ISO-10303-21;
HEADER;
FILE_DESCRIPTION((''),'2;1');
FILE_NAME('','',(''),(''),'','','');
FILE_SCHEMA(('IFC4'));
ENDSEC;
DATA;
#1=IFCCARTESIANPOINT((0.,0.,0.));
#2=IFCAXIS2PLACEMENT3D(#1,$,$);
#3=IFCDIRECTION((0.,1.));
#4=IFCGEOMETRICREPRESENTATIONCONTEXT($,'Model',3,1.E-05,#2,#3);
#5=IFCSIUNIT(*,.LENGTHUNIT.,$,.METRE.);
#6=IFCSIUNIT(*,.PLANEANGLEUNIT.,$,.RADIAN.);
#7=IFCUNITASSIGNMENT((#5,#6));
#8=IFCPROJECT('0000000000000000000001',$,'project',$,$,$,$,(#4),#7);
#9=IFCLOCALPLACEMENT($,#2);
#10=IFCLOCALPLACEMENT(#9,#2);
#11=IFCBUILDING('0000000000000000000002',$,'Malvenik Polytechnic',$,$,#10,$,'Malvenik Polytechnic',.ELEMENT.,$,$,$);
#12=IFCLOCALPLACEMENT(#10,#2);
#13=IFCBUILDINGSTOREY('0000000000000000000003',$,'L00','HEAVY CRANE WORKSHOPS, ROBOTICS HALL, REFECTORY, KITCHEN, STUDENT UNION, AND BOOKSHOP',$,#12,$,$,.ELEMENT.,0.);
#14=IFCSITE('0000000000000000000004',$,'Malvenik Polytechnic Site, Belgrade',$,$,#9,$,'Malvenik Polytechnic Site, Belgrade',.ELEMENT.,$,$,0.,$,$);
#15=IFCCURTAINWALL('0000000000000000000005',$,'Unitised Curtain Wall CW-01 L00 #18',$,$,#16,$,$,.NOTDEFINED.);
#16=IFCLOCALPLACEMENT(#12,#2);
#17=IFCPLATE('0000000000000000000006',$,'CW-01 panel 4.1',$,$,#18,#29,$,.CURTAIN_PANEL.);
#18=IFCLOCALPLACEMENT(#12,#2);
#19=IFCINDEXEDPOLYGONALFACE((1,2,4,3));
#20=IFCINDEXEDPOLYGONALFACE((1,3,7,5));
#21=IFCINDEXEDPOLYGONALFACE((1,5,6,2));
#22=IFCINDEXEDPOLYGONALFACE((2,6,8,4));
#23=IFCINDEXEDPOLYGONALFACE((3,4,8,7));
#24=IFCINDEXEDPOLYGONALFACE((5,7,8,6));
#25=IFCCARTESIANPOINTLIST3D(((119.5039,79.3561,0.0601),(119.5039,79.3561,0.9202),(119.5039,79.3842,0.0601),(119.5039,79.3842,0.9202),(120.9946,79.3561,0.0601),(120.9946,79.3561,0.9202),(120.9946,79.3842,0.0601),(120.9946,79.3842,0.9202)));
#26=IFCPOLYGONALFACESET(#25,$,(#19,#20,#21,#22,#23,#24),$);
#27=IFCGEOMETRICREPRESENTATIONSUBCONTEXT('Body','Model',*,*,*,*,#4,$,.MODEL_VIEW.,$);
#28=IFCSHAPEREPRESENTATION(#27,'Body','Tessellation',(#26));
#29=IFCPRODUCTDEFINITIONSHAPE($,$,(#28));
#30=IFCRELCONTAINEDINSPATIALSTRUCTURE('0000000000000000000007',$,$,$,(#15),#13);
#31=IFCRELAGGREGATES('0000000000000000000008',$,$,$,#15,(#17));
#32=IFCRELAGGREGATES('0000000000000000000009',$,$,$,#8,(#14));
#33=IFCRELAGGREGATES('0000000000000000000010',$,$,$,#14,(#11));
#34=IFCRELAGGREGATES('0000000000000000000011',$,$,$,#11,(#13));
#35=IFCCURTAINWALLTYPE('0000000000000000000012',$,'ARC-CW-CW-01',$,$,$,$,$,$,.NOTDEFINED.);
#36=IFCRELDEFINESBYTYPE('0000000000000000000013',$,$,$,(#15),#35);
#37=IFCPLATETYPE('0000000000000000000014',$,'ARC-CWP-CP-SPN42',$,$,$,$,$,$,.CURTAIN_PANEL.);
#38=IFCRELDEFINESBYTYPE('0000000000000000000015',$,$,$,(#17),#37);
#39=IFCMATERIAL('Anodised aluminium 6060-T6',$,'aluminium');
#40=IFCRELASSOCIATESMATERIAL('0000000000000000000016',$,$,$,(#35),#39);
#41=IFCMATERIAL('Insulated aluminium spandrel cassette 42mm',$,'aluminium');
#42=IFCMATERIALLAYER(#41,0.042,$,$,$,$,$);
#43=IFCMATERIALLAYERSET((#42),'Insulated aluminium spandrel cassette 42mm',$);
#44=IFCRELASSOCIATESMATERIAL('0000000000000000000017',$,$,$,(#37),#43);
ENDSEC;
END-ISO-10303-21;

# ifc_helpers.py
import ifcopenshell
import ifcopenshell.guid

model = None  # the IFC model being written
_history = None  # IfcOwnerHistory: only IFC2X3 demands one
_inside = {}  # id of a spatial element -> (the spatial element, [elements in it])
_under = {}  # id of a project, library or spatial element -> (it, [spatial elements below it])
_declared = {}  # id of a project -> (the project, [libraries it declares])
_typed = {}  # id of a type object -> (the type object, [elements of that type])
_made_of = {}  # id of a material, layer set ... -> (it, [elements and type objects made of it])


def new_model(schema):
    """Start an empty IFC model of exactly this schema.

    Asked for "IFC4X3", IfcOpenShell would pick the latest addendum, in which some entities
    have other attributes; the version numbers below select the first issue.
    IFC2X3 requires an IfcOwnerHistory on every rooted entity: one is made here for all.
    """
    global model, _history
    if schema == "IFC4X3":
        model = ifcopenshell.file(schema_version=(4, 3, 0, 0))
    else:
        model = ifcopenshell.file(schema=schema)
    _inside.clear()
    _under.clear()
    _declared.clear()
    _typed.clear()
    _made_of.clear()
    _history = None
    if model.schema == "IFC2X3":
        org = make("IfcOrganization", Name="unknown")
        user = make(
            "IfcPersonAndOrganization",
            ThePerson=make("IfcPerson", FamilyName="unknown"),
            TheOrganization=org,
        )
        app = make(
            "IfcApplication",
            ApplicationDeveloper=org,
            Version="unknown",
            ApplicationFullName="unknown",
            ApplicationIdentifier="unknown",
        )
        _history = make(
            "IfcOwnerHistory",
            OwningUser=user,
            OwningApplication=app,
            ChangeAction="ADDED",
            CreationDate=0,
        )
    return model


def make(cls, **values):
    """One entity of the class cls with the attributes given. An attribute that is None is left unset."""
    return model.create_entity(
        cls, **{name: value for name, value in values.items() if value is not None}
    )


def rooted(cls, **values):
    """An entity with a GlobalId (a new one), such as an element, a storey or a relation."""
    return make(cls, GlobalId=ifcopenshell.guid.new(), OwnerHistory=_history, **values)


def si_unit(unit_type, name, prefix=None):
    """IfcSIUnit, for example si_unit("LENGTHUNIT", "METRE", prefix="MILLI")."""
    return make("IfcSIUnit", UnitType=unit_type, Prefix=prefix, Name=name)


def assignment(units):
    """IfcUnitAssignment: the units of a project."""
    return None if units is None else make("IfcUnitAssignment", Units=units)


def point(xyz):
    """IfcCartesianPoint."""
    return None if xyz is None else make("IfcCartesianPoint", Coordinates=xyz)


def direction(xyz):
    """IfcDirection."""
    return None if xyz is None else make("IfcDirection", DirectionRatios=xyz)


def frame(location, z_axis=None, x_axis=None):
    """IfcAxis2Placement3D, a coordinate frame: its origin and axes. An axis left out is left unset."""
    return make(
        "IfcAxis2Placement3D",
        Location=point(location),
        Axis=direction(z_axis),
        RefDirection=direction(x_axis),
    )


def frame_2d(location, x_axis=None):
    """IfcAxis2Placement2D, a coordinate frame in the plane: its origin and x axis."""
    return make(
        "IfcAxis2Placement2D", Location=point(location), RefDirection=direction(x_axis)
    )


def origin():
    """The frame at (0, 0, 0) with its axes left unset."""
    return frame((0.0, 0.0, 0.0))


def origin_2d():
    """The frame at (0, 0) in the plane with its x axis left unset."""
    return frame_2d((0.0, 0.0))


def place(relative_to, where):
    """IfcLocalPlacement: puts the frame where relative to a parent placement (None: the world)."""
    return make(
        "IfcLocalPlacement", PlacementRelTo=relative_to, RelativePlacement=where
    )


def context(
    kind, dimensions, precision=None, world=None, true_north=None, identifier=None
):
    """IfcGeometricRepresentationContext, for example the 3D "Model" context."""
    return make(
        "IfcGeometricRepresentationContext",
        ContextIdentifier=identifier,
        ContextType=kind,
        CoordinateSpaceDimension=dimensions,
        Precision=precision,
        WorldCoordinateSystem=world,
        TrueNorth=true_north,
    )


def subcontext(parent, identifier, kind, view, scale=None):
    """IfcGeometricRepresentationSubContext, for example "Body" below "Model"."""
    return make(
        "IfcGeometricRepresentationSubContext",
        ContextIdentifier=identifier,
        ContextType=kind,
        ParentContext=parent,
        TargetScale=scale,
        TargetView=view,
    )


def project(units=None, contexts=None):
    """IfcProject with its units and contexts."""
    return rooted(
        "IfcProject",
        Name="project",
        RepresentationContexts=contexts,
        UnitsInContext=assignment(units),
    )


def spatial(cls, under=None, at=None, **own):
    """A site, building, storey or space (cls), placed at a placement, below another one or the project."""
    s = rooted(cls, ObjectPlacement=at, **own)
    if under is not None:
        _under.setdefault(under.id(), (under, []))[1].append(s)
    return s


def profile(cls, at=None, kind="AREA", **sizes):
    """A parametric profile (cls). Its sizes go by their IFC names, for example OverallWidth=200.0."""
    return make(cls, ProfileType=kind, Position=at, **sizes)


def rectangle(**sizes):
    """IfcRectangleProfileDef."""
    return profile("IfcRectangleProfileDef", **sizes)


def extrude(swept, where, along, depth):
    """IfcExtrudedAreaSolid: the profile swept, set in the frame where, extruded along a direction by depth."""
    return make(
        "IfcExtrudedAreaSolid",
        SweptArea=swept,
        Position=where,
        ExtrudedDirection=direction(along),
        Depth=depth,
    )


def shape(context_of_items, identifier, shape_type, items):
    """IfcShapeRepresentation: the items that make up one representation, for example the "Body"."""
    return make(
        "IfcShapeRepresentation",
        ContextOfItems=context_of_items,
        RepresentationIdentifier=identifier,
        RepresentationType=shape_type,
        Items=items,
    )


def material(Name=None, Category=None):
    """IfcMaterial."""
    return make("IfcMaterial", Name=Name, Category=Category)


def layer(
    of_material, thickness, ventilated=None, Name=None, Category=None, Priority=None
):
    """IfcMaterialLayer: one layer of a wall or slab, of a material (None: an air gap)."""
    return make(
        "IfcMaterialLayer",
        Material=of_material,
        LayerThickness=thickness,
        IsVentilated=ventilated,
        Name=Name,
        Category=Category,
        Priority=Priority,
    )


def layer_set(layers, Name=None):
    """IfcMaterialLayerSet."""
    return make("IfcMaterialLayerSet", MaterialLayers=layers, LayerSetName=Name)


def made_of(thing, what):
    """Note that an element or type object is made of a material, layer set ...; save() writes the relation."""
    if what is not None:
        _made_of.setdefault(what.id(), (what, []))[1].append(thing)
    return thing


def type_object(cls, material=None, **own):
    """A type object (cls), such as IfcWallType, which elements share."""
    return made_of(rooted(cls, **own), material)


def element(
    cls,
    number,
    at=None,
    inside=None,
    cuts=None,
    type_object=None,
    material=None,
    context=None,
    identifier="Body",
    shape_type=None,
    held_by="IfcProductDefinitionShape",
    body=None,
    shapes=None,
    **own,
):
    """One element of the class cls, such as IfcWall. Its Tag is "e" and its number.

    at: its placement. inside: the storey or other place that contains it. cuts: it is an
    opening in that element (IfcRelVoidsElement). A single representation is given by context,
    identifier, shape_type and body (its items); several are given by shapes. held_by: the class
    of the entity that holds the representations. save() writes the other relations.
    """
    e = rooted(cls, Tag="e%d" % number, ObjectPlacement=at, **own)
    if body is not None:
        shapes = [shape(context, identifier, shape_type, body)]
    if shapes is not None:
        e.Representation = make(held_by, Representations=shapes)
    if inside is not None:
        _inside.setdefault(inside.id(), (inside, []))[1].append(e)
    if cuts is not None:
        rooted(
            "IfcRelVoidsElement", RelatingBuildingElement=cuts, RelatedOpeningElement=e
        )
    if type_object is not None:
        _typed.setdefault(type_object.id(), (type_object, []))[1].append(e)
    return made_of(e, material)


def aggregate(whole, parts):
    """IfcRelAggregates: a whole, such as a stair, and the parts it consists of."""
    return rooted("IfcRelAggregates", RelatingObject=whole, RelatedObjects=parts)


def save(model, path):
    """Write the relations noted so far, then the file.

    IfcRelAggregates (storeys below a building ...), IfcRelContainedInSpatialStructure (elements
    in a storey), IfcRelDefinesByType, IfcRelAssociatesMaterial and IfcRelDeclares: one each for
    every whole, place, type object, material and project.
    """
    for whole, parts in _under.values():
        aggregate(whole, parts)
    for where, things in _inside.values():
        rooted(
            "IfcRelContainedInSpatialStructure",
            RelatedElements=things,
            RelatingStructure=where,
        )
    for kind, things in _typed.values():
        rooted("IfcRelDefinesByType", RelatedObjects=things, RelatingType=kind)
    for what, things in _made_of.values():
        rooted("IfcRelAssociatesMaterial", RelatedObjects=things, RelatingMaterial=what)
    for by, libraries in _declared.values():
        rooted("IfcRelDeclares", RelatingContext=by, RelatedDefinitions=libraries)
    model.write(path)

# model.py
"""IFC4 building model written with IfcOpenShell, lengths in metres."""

from ifc_helpers import new_model, si_unit, direction, frame, origin, origin_2d, place, context, subcontext, project, spatial, rectangle, extrude, material, layer, layer_set, type_object, element, aggregate, save


model = new_model("IFC4")

# Units and contexts
model_context = context("Model", 3, precision=1e-05, world=origin(), true_north=direction((0.0, 1.0)))
body_context = subcontext(model_context, "Body", "Model", "MODEL_VIEW")
ifc_project = project(units=[si_unit("LENGTHUNIT", "METRE"), si_unit("PLANEANGLEUNIT", "RADIAN")], contexts=[model_context])

# Site, building, storey
site_placement = place(None, origin())
site = spatial("IfcSite", under=ifc_project, at=site_placement, Name="Malvenik Polytechnic Site, Belgrade", LongName="Malvenik Polytechnic Site, Belgrade", CompositionType="ELEMENT", RefElevation=0.0)
building_placement = place(site_placement, origin())
building = spatial("IfcBuilding", under=site, at=building_placement, Name="Malvenik Polytechnic", LongName="Malvenik Polytechnic", CompositionType="ELEMENT")
storey_placement = place(building_placement, origin())
storey = spatial("IfcBuildingStorey", under=building, at=storey_placement, Name="L00", Description="HEAVY CRANE WORKSHOPS, ROBOTICS HALL, REFECTORY, KITCHEN, STUDENT UNION, AND BOOKSHOP", CompositionType="ELEMENT", Elevation=0.0)

# Curtain wall
ifc_material_1 = material(Name="Anodised aluminium 6060-T6", Category="aluminium")
curtain_wall_type = type_object("IfcCurtainWallType", Name="ARC-CW-CW-01", PredefinedType="NOTDEFINED", material=ifc_material_1)
curtain_wall_placement = place(storey_placement, origin())
curtain_wall = element("IfcCurtainWall", 1, at=curtain_wall_placement, inside=storey, type_object=curtain_wall_type, Name="Unitised Curtain Wall CW-01 L00 #18", PredefinedType="NOTDEFINED")

# Plate
ifc_material_2 = material(Name="Insulated aluminium spandrel cassette 42mm", Category="aluminium")
ifc_layer_1 = layer(ifc_material_2, 0.042)
ifc_layer_set_1 = layer_set([ifc_layer_1], Name="Insulated aluminium spandrel cassette 42mm")
plate_type_1 = type_object("IfcPlateType", Name="ARC-CWP-CP-SPN42", PredefinedType="CURTAIN_PANEL", material=ifc_layer_set_1)
plate_1_placement = place(storey_placement, frame((120.2493, 79.3701, 0.0601), z_axis=(0.0, 0.0, 1.0), x_axis=(-1.0, 0.0, 0.0)))
plate_1 = element("IfcPlate", 2, at=plate_1_placement, type_object=plate_type_1, Name="CW-01 panel 4.1", PredefinedType="CURTAIN_PANEL", context=body_context, shape_type="SweptSolid", body=[
    extrude(rectangle(XDim=1.4907, YDim=0.0281, at=origin_2d()), origin(), (0.0, 0.0, 1.0), 0.8601),
])
aggregate(curtain_wall, [plate_1])

save(model, "model.ifc")
